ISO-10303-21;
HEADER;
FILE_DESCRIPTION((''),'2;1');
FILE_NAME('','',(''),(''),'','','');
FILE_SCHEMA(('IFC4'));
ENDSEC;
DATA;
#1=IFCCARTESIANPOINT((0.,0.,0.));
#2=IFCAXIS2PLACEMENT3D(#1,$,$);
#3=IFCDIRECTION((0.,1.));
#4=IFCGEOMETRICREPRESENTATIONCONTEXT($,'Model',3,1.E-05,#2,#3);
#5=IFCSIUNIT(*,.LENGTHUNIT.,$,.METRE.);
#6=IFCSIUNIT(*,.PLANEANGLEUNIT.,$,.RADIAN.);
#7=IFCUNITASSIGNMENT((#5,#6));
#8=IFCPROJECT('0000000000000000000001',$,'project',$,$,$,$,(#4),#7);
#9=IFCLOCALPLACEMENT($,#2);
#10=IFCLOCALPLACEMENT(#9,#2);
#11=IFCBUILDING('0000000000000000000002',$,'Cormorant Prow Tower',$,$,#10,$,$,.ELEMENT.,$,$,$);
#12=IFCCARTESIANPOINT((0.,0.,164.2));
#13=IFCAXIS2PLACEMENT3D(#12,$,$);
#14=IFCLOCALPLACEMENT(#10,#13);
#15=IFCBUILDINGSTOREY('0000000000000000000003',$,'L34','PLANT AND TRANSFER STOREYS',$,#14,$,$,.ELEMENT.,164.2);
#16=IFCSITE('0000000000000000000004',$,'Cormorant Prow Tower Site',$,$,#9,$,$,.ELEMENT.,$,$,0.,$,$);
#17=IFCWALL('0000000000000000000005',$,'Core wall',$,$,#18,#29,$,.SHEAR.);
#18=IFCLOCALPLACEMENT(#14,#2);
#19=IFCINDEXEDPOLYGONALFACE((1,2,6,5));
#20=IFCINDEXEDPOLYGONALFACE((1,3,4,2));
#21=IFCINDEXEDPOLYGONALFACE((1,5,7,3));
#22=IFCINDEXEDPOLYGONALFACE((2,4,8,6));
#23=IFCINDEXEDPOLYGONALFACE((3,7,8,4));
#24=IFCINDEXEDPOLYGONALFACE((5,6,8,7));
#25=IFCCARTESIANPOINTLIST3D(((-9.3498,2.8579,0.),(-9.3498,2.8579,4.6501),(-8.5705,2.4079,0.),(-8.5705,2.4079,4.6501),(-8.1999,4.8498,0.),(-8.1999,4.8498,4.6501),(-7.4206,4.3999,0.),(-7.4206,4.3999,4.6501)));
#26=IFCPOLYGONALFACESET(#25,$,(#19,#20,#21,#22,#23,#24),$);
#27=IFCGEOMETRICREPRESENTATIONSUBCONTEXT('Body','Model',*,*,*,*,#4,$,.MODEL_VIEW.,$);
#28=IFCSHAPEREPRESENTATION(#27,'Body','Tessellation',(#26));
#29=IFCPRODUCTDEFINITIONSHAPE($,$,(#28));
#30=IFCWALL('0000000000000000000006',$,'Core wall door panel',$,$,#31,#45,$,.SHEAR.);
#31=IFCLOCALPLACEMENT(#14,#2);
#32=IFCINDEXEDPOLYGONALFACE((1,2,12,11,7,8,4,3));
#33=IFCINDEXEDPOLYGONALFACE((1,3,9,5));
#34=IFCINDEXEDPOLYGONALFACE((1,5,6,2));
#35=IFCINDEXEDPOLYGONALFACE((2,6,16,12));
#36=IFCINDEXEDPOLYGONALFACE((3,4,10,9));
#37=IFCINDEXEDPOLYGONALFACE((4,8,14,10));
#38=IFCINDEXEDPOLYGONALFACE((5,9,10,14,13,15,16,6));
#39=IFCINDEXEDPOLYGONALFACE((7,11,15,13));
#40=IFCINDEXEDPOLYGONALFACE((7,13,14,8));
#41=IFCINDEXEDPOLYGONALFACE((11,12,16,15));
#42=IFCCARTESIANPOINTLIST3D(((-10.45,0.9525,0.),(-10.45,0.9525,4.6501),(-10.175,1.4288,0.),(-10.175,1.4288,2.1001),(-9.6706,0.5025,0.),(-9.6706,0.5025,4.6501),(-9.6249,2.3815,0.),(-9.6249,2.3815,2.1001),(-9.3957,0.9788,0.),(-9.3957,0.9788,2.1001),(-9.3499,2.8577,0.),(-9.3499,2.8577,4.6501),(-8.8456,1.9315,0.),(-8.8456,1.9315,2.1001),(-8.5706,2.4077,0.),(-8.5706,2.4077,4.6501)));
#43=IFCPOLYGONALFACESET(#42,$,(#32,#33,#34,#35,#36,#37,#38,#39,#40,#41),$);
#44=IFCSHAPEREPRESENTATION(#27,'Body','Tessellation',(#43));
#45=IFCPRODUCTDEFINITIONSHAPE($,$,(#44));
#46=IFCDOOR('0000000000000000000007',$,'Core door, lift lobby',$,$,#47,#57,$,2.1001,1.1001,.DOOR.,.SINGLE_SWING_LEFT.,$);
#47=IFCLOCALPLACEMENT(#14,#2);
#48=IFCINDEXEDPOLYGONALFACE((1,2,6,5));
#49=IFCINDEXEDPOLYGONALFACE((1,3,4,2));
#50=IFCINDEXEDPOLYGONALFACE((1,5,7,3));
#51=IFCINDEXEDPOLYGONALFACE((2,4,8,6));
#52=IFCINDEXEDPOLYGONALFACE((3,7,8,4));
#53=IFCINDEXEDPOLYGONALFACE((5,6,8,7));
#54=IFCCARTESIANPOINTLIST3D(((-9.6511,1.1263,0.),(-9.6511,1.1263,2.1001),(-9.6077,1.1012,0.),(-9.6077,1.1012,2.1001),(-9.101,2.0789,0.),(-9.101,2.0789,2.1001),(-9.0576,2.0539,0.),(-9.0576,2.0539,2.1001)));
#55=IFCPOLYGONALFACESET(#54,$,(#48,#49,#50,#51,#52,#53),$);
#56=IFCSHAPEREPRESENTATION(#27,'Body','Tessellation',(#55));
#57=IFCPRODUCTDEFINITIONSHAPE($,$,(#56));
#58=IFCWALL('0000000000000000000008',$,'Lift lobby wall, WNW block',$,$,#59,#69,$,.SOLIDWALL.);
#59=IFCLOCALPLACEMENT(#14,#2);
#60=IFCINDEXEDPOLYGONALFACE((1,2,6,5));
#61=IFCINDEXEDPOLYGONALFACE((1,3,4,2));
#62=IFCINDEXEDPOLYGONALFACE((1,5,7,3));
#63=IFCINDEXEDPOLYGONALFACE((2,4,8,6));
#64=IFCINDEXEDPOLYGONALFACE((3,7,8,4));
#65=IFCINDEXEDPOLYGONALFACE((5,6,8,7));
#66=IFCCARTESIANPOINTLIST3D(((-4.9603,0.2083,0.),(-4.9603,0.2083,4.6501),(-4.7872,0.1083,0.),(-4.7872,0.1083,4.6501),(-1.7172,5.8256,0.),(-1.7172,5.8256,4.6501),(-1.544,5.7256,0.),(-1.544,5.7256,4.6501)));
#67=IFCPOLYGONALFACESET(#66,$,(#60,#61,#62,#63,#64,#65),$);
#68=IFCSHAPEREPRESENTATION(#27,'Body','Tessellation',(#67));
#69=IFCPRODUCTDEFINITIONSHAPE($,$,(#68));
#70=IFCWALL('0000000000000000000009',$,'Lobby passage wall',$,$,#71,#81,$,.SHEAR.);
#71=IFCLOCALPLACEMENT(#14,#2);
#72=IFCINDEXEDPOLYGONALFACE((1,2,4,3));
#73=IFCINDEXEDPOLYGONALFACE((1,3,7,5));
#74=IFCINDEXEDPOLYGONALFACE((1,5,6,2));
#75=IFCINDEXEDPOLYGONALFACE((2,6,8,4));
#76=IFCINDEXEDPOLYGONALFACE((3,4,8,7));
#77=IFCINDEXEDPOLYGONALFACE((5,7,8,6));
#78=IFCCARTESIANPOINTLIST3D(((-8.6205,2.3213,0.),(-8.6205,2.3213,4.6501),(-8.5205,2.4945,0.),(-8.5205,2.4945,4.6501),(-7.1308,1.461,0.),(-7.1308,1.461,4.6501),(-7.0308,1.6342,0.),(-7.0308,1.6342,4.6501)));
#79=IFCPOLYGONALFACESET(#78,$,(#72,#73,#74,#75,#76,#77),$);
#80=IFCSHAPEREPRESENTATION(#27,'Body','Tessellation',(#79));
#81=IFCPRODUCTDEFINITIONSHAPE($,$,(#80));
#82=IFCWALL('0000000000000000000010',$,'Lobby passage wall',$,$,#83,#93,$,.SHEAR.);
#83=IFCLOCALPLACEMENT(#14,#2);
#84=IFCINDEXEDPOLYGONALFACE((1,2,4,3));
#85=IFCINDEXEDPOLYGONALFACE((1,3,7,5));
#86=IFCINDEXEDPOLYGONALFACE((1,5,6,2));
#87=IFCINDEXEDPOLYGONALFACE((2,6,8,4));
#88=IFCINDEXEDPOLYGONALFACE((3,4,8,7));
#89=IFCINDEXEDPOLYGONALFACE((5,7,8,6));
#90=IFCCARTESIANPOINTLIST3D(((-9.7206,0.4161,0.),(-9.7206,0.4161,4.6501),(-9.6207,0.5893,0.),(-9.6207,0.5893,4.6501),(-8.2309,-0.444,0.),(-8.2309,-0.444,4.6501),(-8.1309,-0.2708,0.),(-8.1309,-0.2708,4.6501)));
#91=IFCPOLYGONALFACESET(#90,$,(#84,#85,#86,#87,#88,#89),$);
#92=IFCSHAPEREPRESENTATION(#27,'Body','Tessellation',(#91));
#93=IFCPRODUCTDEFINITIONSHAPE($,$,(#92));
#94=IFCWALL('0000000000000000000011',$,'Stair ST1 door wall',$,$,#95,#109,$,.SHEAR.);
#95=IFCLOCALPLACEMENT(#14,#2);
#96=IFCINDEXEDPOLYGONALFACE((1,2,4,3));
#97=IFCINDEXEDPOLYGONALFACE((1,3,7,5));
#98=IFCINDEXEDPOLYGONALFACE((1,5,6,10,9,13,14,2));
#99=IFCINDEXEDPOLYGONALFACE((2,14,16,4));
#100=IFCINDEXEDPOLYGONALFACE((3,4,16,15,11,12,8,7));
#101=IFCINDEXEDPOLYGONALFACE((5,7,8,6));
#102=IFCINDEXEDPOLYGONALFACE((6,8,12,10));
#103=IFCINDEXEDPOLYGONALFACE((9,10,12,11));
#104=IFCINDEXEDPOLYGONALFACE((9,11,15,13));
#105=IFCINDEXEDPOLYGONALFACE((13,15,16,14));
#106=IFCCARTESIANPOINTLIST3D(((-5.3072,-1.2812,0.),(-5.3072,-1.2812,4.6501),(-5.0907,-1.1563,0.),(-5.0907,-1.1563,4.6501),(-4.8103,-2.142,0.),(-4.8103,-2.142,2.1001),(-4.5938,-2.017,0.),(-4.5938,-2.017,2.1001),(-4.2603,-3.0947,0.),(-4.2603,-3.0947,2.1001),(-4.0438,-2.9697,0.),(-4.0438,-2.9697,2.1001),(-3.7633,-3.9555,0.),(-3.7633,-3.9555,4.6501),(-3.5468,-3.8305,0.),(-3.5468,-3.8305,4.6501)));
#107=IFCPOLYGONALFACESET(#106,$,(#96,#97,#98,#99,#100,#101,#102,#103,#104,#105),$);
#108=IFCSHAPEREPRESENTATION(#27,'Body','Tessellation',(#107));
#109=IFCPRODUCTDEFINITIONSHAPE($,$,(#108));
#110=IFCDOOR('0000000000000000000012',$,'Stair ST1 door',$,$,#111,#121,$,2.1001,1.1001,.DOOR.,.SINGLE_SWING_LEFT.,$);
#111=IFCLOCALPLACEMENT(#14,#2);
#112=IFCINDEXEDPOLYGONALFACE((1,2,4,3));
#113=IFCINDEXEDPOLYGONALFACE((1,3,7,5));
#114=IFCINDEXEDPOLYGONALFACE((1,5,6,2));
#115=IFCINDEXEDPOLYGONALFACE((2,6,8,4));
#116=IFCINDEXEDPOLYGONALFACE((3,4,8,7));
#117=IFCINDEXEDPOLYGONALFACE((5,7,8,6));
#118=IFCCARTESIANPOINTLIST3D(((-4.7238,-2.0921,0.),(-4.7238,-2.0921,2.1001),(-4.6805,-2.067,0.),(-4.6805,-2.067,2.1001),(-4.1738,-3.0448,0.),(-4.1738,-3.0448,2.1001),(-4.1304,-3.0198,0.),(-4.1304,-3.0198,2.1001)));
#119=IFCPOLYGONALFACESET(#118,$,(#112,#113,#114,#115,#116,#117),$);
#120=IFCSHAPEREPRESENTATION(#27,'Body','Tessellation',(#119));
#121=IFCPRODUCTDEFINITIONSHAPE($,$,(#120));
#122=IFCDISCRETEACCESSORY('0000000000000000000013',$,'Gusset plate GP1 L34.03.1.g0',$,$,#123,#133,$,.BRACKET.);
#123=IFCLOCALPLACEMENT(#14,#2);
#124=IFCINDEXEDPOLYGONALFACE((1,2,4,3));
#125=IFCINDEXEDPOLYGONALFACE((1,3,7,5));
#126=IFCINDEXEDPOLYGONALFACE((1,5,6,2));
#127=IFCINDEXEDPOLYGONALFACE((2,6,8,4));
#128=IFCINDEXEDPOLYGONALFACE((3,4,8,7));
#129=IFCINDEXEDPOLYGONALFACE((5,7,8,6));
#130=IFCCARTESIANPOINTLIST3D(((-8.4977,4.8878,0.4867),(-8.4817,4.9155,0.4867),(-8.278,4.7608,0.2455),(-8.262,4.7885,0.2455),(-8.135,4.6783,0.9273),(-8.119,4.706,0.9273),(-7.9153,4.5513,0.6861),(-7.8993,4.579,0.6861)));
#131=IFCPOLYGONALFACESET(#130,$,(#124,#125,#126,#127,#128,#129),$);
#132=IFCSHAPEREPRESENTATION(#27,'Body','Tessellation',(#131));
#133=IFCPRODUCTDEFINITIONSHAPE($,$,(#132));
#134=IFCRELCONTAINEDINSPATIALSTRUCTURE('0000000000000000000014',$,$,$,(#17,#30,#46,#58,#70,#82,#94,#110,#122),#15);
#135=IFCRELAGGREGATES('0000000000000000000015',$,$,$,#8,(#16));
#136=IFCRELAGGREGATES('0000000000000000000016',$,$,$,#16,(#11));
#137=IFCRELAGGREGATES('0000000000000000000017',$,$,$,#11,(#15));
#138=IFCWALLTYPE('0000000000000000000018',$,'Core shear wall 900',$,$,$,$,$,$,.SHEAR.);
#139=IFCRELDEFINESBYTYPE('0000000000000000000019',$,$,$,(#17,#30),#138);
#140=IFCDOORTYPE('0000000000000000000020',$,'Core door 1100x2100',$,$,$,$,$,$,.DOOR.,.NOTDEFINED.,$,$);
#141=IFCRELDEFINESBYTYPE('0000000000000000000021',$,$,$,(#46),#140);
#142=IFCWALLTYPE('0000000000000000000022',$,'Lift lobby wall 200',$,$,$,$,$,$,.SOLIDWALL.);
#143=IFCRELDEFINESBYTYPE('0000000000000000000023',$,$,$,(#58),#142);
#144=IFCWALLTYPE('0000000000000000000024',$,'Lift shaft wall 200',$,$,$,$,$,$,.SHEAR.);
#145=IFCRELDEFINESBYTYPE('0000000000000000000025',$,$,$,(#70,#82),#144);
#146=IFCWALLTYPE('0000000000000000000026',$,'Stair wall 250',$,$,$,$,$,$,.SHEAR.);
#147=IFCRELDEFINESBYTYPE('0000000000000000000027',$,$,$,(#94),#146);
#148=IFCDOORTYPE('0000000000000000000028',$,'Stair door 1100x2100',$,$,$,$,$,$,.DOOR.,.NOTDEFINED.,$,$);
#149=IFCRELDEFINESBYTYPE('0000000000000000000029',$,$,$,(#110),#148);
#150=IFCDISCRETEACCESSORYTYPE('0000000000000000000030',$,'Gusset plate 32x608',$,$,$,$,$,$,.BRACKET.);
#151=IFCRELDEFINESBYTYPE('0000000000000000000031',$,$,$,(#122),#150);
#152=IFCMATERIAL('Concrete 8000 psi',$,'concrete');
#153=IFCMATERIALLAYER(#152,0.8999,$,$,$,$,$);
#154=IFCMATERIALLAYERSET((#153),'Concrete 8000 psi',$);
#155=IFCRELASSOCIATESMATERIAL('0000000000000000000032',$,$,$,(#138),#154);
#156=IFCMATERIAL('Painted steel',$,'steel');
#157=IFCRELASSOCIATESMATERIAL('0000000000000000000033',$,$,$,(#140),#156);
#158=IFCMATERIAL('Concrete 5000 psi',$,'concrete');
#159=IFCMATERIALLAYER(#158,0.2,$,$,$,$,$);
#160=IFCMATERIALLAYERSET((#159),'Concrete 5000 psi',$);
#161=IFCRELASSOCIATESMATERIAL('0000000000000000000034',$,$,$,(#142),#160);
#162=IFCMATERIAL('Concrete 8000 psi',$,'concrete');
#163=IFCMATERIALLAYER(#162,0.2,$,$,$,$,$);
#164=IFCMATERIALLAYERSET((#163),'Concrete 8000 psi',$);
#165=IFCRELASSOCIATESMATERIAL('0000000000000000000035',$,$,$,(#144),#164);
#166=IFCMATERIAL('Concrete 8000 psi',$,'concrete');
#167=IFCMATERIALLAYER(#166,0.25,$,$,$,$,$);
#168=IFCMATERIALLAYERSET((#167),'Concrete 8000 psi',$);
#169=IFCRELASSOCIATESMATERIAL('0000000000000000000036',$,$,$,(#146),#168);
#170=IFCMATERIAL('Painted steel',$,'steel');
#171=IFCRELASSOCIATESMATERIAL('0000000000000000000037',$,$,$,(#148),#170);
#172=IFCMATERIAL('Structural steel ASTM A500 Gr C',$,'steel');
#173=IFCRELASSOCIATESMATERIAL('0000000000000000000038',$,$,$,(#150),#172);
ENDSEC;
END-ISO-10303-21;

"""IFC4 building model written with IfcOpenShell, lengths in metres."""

from ifc_helpers import new_model, si_unit, direction, frame, frame_2d, origin, origin_2d, place, context, subcontext, project, spatial, rectangle, extrude, material, layer, layer_set, material_profile, profile_set, type_object, element, fill, save


model = new_model("IFC4")

# Units and contexts
model_context = context("Model", 3, precision=1e-05, world=origin(), true_north=direction((0.0, 1.0)))
body_context = subcontext(model_context, "Body", "Model", "MODEL_VIEW")
ifc_project = project(units=[si_unit("LENGTHUNIT", "METRE"), si_unit("PLANEANGLEUNIT", "RADIAN")], contexts=[model_context])

# Site, building, storey
site_placement = place(None, origin())
site = spatial("IfcSite", under=ifc_project, at=site_placement, Name="Cormorant Prow Tower Site", CompositionType="ELEMENT", RefElevation=0.0)
building_placement = place(site_placement, origin())
building = spatial("IfcBuilding", under=site, at=building_placement, Name="Cormorant Prow Tower", CompositionType="ELEMENT")
storey_placement = place(building_placement, frame((0.0, 0.0, 164.2)))
storey = spatial("IfcBuildingStorey", under=building, at=storey_placement, Name="L34", Description="PLANT AND TRANSFER STOREYS", CompositionType="ELEMENT", Elevation=164.2)

# Wall
ifc_material_1 = material(Name="Concrete 8000 psi", Category="concrete")
ifc_layer_1 = layer(ifc_material_1, 0.8999)
ifc_layer_set_1 = layer_set([ifc_layer_1], Name="Concrete 8000 psi")
wall_type_1 = type_object("IfcWallType", Name="Core shear wall 900", PredefinedType="SHEAR", material=ifc_layer_set_1)
wall_1_placement = place(storey_placement, frame((-7.8103, 4.6248, 0.0), z_axis=(0.0, 0.0, 1.0), x_axis=(-0.499952, -0.866053, 0.0)))
element("IfcWall", 1, at=wall_1_placement, inside=storey, type_object=wall_type_1, Name="Core wall", PredefinedType="SHEAR", context=body_context, shape_type="SweptSolid", body=[
    extrude(rectangle(XDim=2.3, YDim=0.8999, at=frame_2d((1.1499, 0.0))), origin(), (0.0, 0.0, 1.0), 4.6501),
])

# Wall, opening, door
wall_2_placement = place(storey_placement, frame((-8.9602, 2.6328, 0.0), z_axis=(0.0, 0.0, 1.0), x_axis=(-0.50003, -0.866008, 0.0)))
wall_2 = element("IfcWall", 2, at=wall_2_placement, inside=storey, type_object=wall_type_1, Name="Core wall door panel", PredefinedType="SHEAR", context=body_context, shape_type="SweptSolid", body=[
    extrude(rectangle(XDim=2.2, YDim=0.8999, at=frame_2d((1.1001, 0.0))), origin(), (0.0, 0.0, 1.0), 4.6501),
])
opening_1_placement = place(wall_2_placement, frame((0.55, 0.0, 0.0)))
opening_1 = element("IfcOpeningElement", 3, at=opening_1_placement, cuts=wall_2, PredefinedType="OPENING", context=body_context, shape_type="SweptSolid", body=[
    extrude(rectangle(XDim=1.1001, YDim=2.1001, at=frame_2d((0.55, 1.05))), frame((0.0, 0.46, 0.0), z_axis=(0.0, -1.0, 0.0), x_axis=(1.0, 0.0, 0.0)), (0.0, 0.0, 1.0), 0.9199),
])
ifc_material_2 = material(Name="Painted steel", Category="steel")
door_type_1 = type_object("IfcDoorType", Name="Core door 1100x2100", OperationType="NOTDEFINED", PredefinedType="DOOR", material=ifc_material_2)
door_1_placement = place(opening_1_placement, origin())
door_1 = element("IfcDoor", 4, at=door_1_placement, inside=storey, type_object=door_type_1, Name="Core door, lift lobby", OperationType="SINGLE_SWING_LEFT", OverallHeight=2.1001, OverallWidth=1.1001, PredefinedType="DOOR", context=body_context, shape_type="SweptSolid", body=[
    extrude(rectangle(XDim=1.1001, YDim=2.1001, at=frame_2d((0.55, 1.05))), frame((0.0, 0.2051, 0.0), z_axis=(0.0, -1.0, 0.0), x_axis=(1.0, 0.0, 0.0)), (0.0, 0.0, 1.0), 0.05),
])
fill(opening_1, door_1)

# Walls
ifc_material_3 = material(Name="Concrete 5000 psi", Category="concrete")
ifc_layer_2 = layer(ifc_material_3, 0.2)
ifc_layer_set_2 = layer_set([ifc_layer_2], Name="Concrete 5000 psi")
wall_type_2 = type_object("IfcWallType", Name="Lift lobby wall 200", PredefinedType="SOLIDWALL", material=ifc_layer_set_2)
wall_3_placement = place(storey_placement, frame((-1.6306, 5.7756, 0.0), z_axis=(0.0, 0.0, 1.0), x_axis=(-0.499993, -0.86603, 0.0)))
element("IfcWall", 5, at=wall_3_placement, inside=storey, type_object=wall_type_2, Name="Lift lobby wall, WNW block", PredefinedType="SOLIDWALL", context=body_context, shape_type="SweptSolid", body=[
    extrude(rectangle(XDim=6.4863, YDim=0.2, at=frame_2d((3.2432, 0.0))), origin(), (0.0, 0.0, 1.0), 4.6501),
])
ifc_material_4 = material(Name="Concrete 8000 psi", Category="concrete")
ifc_layer_3 = layer(ifc_material_4, 0.2)
ifc_layer_set_3 = layer_set([ifc_layer_3], Name="Concrete 8000 psi")
wall_type_3 = type_object("IfcWallType", Name="Lift shaft wall 200", PredefinedType="SHEAR", material=ifc_layer_set_3)
for number, where, z_axis, x_axis, name in (
    (6, (-7.0808, 1.5476, 0.0), (0.0, 0.0, 1.0), (-0.865963, 0.500107, 0.0), "Lobby passage wall"),
    (7, (-8.1809, -0.3574, 0.0), (0.0, 0.0, 1.0), (-0.866025, 0.500001, 0.0), "Lobby passage wall"),
):
    element("IfcWall", number, at=place(storey_placement, frame(where, z_axis=z_axis, x_axis=x_axis)), inside=storey, type_object=wall_type_3, Name=name, PredefinedType="SHEAR", context=body_context, shape_type="SweptSolid", body=[
        extrude(rectangle(XDim=1.7202, YDim=0.2, at=frame_2d((0.8601, 0.0))), origin(), (0.0, 0.0, 1.0), 4.6501),
    ])

# Wall, opening, door
ifc_material_5 = material(Name="Concrete 8000 psi", Category="concrete")
ifc_layer_4 = layer(ifc_material_5, 0.25)
ifc_layer_set_4 = layer_set([ifc_layer_4], Name="Concrete 8000 psi")
wall_type_4 = type_object("IfcWallType", Name="Stair wall 250", PredefinedType="SHEAR", material=ifc_layer_set_4)
wall_4_placement = place(storey_placement, frame((-5.199, -1.2188, 0.0), z_axis=(0.0, 0.0, 1.0), x_axis=(0.499983, -0.866035, 0.0)))
wall_4 = element("IfcWall", 8, at=wall_4_placement, inside=storey, type_object=wall_type_4, Name="Stair ST1 door wall", PredefinedType="SHEAR", context=body_context, shape_type="SweptSolid", body=[
    extrude(rectangle(XDim=3.0879, YDim=0.25, at=frame_2d((1.5439, 0.0))), origin(), (0.0, 0.0, 1.0), 4.6501),
])
opening_2_placement = place(wall_4_placement, frame((0.9939, 0.0, 0.0)))
opening_2 = element("IfcOpeningElement", 9, at=opening_2_placement, cuts=wall_4, PredefinedType="OPENING", context=body_context, shape_type="SweptSolid", body=[
    extrude(rectangle(XDim=1.1001, YDim=2.1001, at=frame_2d((0.55, 1.05))), frame((0.0, 0.135, 0.0), z_axis=(0.0, -1.0, 0.0), x_axis=(1.0, 0.0, 0.0)), (0.0, 0.0, 1.0), 0.27),
])
ifc_material_6 = material(Name="Painted steel", Category="steel")
door_type_2 = type_object("IfcDoorType", Name="Stair door 1100x2100", OperationType="NOTDEFINED", PredefinedType="DOOR", material=ifc_material_6)
door_2_placement = place(opening_2_placement, origin())
door_2 = element("IfcDoor", 10, at=door_2_placement, inside=storey, type_object=door_type_2, Name="Stair ST1 door", OperationType="SINGLE_SWING_LEFT", OverallHeight=2.1001, OverallWidth=1.1001, PredefinedType="DOOR", context=body_context, shape_type="SweptSolid", body=[
    extrude(rectangle(XDim=1.1001, YDim=2.1001, at=frame_2d((0.55, 1.05))), frame((0.0, 0.0249, 0.0), z_axis=(0.0, -1.0, 0.0), x_axis=(1.0, 0.0, 0.0)), (0.0, 0.0, 1.0), 0.05),
])
fill(opening_2, door_2)

# Discrete accessory
ifc_material_7 = material(Name="Structural steel ASTM A500 Gr C", Category="steel")
ifc_material_profile_1 = material_profile(ifc_material_7, rectangle(XDim=0.032, YDim=0.6079, at=origin_2d()), Name="Gusset plate 32x608")
ifc_profile_set_1 = profile_set([ifc_material_profile_1], Name="Structural steel ASTM A500 Gr C")
discrete_accessory_type = type_object("IfcDiscreteAccessoryType", Name="Gusset plate 32x608", PredefinedType="BRACKET", material=ifc_profile_set_1)
discrete_accessory_placement = place(storey_placement, frame((-8.3083, 4.7969, 0.707), z_axis=(0.627586, -0.362605, -0.68895), x_axis=(0.500278, 0.865865, 0.0)))
element("IfcDiscreteAccessory", 11, at=discrete_accessory_placement, inside=storey, type_object=discrete_accessory_type, Name="Gusset plate GP1 L34.03.1.g0", PredefinedType="BRACKET", context=body_context, shape_type="SweptSolid", body=[
    extrude(rectangle(XDim=0.032, YDim=0.6079, at=origin_2d()), origin(), (0.0, 0.0, 1.0), 0.3501),
])

save(model, "model.ifc")
